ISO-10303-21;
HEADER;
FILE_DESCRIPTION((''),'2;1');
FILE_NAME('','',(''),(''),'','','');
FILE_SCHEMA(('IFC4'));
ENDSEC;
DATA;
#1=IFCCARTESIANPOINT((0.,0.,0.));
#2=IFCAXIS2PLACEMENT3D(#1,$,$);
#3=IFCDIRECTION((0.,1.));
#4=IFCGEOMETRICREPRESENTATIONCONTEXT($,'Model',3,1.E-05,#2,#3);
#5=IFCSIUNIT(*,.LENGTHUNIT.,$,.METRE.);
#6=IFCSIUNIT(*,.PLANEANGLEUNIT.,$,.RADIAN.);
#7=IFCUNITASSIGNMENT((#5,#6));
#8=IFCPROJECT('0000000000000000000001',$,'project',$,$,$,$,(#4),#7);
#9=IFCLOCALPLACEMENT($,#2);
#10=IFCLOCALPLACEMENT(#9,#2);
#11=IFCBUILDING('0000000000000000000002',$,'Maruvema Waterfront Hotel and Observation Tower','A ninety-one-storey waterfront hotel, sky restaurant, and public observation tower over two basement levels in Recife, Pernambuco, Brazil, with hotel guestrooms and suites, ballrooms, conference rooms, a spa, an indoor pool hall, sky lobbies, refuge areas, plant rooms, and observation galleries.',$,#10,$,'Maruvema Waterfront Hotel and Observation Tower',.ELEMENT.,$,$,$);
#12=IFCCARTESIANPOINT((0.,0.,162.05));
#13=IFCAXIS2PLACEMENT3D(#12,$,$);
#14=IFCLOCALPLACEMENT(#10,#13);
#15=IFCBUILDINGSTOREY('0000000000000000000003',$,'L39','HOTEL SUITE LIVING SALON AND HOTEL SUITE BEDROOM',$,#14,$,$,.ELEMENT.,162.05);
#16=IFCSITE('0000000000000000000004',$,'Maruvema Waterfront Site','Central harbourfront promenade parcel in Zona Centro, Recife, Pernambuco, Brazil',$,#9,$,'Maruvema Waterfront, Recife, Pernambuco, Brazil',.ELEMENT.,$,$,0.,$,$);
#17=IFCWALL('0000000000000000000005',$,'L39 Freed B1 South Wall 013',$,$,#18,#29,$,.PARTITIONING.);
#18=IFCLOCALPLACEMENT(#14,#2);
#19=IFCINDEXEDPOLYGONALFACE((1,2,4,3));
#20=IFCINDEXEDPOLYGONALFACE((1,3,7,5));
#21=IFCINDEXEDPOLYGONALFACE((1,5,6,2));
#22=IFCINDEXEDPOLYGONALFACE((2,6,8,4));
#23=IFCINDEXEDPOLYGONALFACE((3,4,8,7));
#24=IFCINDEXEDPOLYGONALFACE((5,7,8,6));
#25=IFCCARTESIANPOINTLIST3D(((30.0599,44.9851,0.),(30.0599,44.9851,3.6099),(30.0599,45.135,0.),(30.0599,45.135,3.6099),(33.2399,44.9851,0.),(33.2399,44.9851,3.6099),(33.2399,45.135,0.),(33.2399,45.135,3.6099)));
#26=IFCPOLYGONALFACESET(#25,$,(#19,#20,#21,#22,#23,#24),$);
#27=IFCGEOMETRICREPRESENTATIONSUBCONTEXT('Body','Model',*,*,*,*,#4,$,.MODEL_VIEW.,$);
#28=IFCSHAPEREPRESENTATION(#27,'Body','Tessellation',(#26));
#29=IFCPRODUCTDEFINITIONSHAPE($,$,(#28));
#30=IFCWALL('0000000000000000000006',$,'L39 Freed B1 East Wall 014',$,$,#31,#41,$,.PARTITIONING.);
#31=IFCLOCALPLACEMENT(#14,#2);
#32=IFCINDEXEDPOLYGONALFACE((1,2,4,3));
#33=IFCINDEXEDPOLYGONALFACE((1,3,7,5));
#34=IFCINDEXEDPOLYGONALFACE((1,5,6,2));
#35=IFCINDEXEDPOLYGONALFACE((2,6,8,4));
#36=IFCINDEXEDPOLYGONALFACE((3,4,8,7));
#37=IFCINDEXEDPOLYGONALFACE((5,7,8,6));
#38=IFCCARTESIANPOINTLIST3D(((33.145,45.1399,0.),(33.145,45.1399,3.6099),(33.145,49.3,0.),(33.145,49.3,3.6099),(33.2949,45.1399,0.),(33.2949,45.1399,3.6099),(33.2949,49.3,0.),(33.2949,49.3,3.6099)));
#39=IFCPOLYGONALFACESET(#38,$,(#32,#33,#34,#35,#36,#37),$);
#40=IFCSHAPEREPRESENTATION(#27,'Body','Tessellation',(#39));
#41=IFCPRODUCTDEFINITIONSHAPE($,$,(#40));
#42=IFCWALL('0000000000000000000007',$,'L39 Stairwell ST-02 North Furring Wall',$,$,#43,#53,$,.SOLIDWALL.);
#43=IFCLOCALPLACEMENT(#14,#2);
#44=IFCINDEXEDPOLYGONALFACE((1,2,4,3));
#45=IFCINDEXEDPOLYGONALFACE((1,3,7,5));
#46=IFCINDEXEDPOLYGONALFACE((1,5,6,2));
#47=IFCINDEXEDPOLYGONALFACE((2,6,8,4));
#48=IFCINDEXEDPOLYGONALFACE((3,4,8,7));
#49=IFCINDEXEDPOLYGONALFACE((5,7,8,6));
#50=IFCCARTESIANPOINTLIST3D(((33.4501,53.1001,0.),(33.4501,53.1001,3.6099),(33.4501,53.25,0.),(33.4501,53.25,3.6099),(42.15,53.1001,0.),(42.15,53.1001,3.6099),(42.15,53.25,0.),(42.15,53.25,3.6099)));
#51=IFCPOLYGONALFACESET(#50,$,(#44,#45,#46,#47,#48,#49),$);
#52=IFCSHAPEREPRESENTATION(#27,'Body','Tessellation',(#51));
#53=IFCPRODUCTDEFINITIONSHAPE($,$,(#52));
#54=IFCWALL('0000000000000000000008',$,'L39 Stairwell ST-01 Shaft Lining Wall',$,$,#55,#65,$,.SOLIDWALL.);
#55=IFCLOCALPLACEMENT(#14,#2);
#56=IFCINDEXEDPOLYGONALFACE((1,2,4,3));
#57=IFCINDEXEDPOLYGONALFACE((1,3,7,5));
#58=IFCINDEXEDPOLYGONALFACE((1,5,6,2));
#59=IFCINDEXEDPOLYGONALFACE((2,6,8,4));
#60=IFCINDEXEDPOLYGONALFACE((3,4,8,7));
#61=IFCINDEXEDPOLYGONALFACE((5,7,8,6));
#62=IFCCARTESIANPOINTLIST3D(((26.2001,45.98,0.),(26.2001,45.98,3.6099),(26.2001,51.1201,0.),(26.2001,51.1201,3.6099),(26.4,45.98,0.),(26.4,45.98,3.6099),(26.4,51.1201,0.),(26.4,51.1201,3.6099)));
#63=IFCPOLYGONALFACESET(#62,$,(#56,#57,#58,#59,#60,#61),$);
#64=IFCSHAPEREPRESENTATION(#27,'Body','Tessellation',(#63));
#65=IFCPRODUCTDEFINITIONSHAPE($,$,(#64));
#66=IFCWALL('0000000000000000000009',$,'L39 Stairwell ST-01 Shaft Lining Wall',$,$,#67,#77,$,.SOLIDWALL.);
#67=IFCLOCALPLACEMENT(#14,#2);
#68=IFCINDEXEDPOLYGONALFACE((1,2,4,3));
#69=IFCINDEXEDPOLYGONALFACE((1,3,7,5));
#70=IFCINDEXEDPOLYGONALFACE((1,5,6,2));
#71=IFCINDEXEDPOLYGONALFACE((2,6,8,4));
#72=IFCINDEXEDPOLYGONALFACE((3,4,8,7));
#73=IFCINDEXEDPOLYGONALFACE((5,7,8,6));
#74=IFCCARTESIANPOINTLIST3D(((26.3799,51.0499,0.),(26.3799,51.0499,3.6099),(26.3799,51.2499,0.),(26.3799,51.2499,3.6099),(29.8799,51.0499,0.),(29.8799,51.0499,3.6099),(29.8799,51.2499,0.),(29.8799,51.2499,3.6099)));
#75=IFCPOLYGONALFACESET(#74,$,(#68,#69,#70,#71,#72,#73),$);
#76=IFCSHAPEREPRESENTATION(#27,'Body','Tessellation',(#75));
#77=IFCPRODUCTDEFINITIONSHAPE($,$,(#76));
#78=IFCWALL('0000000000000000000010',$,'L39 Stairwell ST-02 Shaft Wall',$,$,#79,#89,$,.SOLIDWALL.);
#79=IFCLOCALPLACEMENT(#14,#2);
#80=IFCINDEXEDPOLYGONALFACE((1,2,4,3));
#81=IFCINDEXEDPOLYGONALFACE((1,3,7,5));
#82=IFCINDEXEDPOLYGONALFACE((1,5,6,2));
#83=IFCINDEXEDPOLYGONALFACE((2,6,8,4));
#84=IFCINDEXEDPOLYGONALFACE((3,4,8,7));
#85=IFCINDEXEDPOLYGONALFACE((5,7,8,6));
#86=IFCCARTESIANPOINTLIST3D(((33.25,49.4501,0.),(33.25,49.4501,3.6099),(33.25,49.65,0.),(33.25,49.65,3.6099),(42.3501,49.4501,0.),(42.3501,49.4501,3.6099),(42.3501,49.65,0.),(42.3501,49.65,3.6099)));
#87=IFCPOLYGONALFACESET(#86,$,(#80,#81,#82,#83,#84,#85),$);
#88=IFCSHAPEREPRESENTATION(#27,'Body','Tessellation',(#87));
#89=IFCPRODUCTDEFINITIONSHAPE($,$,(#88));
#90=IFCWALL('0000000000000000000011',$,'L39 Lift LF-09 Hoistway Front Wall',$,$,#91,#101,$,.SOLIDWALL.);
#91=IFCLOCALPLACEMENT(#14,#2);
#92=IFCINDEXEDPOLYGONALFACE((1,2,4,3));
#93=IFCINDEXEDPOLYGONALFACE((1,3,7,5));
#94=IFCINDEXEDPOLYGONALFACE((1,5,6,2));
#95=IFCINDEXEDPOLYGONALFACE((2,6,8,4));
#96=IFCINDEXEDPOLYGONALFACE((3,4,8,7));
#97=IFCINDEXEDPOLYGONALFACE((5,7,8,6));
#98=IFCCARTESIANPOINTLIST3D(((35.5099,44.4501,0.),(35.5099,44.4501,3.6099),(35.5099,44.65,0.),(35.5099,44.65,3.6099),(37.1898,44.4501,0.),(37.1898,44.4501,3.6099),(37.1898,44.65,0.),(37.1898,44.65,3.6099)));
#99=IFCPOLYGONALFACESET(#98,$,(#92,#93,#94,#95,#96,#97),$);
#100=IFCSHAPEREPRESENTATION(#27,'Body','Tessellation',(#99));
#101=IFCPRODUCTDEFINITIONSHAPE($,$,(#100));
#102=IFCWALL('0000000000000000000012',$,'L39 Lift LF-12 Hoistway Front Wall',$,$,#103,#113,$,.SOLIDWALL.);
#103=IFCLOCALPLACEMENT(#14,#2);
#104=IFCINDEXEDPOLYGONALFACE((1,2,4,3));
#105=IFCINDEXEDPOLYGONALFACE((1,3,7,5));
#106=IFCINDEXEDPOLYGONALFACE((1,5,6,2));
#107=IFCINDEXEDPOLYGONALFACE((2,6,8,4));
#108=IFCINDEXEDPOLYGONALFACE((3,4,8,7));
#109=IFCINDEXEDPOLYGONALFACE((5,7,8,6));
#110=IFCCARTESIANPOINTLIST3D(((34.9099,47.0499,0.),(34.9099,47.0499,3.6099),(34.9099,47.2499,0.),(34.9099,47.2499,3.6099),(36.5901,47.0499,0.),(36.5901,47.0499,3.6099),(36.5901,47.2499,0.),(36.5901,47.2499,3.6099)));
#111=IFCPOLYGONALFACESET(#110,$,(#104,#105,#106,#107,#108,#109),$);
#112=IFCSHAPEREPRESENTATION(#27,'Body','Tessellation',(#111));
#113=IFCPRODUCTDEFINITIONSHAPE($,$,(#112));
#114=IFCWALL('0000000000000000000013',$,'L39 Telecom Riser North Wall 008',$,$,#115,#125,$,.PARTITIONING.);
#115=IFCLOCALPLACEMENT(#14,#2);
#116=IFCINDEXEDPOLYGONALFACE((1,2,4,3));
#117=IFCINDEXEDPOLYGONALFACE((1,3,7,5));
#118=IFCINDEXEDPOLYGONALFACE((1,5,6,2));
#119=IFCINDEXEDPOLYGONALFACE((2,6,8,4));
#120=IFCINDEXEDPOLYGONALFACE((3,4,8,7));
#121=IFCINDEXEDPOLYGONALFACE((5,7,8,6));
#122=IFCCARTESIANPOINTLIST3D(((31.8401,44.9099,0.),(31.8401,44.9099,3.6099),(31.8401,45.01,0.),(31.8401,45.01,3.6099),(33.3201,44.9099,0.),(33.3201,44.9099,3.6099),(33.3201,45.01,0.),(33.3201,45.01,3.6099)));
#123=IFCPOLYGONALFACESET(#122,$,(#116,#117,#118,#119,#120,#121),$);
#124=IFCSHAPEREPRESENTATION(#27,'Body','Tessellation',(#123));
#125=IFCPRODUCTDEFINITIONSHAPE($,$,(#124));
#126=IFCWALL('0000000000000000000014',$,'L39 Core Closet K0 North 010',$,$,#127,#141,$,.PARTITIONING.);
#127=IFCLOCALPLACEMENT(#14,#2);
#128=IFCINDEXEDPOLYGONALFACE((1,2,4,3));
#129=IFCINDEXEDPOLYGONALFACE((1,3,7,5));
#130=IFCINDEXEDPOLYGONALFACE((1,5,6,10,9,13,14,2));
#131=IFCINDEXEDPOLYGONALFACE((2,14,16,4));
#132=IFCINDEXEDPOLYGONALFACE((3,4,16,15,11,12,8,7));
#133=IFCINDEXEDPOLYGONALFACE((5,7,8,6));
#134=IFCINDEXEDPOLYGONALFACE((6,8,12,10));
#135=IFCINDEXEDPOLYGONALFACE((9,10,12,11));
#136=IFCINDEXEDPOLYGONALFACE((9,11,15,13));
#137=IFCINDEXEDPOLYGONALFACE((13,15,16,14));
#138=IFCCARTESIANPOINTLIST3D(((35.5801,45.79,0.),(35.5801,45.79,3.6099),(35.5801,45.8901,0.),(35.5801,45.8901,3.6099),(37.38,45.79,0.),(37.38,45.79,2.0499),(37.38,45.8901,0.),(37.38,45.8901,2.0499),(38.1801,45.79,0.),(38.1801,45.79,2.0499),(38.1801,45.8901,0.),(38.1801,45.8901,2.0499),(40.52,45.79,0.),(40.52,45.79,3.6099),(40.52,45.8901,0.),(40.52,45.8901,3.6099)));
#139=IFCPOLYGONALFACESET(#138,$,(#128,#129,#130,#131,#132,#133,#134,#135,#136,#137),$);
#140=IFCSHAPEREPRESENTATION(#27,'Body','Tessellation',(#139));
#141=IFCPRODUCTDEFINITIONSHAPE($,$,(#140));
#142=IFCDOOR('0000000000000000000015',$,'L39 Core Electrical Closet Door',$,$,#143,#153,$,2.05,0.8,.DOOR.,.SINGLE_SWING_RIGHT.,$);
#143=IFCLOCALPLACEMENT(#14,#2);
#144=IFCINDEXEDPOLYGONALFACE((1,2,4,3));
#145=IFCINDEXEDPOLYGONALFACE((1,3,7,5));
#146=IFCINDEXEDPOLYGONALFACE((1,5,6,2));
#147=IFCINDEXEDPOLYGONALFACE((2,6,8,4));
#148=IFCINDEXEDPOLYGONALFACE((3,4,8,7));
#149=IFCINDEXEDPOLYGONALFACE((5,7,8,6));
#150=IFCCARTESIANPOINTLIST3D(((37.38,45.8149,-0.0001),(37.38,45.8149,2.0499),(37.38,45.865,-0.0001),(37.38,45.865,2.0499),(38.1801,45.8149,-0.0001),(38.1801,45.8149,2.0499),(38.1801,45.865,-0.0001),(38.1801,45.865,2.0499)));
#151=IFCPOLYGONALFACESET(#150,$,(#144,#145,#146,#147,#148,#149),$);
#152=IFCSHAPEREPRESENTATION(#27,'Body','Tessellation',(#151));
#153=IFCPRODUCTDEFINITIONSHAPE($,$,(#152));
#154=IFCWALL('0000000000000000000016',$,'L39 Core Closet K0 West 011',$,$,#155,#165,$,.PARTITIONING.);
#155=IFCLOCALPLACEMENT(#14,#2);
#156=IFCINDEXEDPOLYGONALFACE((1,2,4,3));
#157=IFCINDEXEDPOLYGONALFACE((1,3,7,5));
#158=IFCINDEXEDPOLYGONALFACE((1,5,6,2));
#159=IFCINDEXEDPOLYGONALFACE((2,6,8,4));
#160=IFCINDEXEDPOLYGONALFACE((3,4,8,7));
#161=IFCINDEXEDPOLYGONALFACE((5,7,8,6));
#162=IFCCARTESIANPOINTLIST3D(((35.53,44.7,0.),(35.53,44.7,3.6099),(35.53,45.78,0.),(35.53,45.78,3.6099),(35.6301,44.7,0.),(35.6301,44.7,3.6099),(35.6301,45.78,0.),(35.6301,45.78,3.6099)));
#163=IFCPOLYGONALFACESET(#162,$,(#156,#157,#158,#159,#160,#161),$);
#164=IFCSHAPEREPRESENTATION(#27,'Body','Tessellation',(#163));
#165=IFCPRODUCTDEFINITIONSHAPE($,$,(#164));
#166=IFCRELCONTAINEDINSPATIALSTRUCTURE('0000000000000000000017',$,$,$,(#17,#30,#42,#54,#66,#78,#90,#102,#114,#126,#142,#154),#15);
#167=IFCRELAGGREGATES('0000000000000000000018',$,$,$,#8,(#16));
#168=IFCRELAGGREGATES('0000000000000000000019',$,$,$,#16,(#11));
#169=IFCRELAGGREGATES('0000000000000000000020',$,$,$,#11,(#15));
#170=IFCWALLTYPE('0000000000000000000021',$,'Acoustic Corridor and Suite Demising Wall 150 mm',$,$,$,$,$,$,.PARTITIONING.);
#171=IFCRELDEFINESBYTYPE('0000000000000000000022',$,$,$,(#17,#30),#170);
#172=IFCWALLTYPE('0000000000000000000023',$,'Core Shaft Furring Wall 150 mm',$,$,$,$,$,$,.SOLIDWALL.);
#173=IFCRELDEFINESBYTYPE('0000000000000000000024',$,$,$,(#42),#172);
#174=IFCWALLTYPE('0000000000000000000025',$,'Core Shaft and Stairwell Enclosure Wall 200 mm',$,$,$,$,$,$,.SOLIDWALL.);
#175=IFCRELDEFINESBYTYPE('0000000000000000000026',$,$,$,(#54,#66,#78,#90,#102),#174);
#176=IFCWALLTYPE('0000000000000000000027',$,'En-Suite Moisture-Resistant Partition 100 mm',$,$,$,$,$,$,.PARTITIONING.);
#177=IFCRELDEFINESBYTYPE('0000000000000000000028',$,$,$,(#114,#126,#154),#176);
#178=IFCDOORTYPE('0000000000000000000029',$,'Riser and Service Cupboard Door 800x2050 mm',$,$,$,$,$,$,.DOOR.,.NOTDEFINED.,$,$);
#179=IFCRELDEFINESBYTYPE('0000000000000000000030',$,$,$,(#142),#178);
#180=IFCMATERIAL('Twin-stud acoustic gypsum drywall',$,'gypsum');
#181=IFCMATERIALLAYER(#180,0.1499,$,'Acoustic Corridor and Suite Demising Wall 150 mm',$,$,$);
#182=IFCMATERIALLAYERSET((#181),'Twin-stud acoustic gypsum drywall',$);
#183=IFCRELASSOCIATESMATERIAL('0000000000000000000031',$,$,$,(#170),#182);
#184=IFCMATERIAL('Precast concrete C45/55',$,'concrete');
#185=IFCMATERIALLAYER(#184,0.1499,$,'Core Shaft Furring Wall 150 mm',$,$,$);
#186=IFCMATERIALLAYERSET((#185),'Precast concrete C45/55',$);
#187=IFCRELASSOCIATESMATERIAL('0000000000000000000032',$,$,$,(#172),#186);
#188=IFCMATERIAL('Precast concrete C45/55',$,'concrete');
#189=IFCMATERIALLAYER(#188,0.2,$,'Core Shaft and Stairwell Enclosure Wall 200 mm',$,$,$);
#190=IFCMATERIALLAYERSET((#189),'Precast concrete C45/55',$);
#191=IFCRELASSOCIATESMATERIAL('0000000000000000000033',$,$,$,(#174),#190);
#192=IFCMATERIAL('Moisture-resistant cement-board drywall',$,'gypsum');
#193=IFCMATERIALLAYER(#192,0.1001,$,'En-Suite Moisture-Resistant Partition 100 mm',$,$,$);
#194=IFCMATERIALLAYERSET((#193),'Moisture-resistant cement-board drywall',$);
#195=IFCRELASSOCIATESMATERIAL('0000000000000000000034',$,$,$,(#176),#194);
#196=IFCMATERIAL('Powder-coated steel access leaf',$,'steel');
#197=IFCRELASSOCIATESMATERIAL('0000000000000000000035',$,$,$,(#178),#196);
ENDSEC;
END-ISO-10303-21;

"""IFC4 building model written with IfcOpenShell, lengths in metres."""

from ifc_helpers import new_model, si_unit, direction, frame, frame_2d, origin, place, context, subcontext, project, spatial, rectangle, extrude, material, layer, layer_set, type_object, element, fill, save


model = new_model("IFC4")

# Units and contexts
model_context = context("Model", 3, precision=1e-05, world=origin(), true_north=direction((0.0, 1.0)))
body_context = subcontext(model_context, "Body", "Model", "MODEL_VIEW")
ifc_project = project(units=[si_unit("LENGTHUNIT", "METRE"), si_unit("PLANEANGLEUNIT", "RADIAN")], contexts=[model_context])

# Site, building, storey
site_placement = place(None, origin())
site = spatial("IfcSite", under=ifc_project, at=site_placement, Name="Maruvema Waterfront Site", Description="Central harbourfront promenade parcel in Zona Centro, Recife, Pernambuco, Brazil", LongName="Maruvema Waterfront, Recife, Pernambuco, Brazil", CompositionType="ELEMENT", RefElevation=0.0)
building_placement = place(site_placement, origin())
building = spatial("IfcBuilding", under=site, at=building_placement, Name="Maruvema Waterfront Hotel and Observation Tower", Description="A ninety-one-storey waterfront hotel, sky restaurant, and public observation tower over two basement levels in Recife, Pernambuco, Brazil, with hotel guestrooms and suites, ballrooms, conference rooms, a spa, an indoor pool hall, sky lobbies, refuge areas, plant rooms, and observation galleries.", LongName="Maruvema Waterfront Hotel and Observation Tower", CompositionType="ELEMENT")
storey_placement = place(building_placement, frame((0.0, 0.0, 162.05)))
storey = spatial("IfcBuildingStorey", under=building, at=storey_placement, Name="L39", Description="HOTEL SUITE LIVING SALON AND HOTEL SUITE BEDROOM", CompositionType="ELEMENT", Elevation=162.05)

# Walls
ifc_material_1 = material(Name="Twin-stud acoustic gypsum drywall", Category="gypsum")
ifc_layer_1 = layer(ifc_material_1, 0.1499, Name="Acoustic Corridor and Suite Demising Wall 150 mm")
ifc_layer_set_1 = layer_set([ifc_layer_1], Name="Twin-stud acoustic gypsum drywall")
wall_type_1 = type_object("IfcWallType", Name="Acoustic Corridor and Suite Demising Wall 150 mm", PredefinedType="PARTITIONING", material=ifc_layer_set_1)
wall_1_placement = place(storey_placement, frame((30.0601, 45.0601, 0.0), z_axis=(0.0, 0.0, 1.0), x_axis=(1.0, 0.0, 0.0)))
element("IfcWall", 1, at=wall_1_placement, inside=storey, type_object=wall_type_1, Name="L39 Freed B1 South Wall 013", PredefinedType="PARTITIONING", context=body_context, shape_type="SweptSolid", body=[
    extrude(rectangle(XDim=3.1799, YDim=0.1499, at=frame_2d((1.5898, 0.0))), origin(), (0.0, 0.0, 1.0), 3.6099),
])
wall_2_placement = place(storey_placement, frame((33.22, 45.1399, 0.0), z_axis=(0.0, 0.0, 1.0), x_axis=(0.0, 1.0, 0.0)))
element("IfcWall", 2, at=wall_2_placement, inside=storey, type_object=wall_type_1, Name="L39 Freed B1 East Wall 014", PredefinedType="PARTITIONING", context=body_context, shape_type="SweptSolid", body=[
    extrude(rectangle(XDim=4.1602, YDim=0.1499, at=frame_2d((2.0801, 0.0))), origin(), (0.0, 0.0, 1.0), 3.6099),
])
ifc_material_2 = material(Name="Precast concrete C45/55", Category="concrete")
ifc_layer_2 = layer(ifc_material_2, 0.1499, Name="Core Shaft Furring Wall 150 mm")
ifc_layer_set_2 = layer_set([ifc_layer_2], Name="Precast concrete C45/55")
wall_type_2 = type_object("IfcWallType", Name="Core Shaft Furring Wall 150 mm", PredefinedType="SOLIDWALL", material=ifc_layer_set_2)
wall_3_placement = place(storey_placement, frame((33.45, 53.175, 0.0), z_axis=(0.0, 0.0, 1.0), x_axis=(1.0, 0.0, 0.0)))
element("IfcWall", 3, at=wall_3_placement, inside=storey, type_object=wall_type_2, Name="L39 Stairwell ST-02 North Furring Wall", PredefinedType="SOLIDWALL", context=body_context, shape_type="SweptSolid", body=[
    extrude(rectangle(XDim=8.7, YDim=0.1499, at=frame_2d((4.3501, 0.0))), origin(), (0.0, 0.0, 1.0), 3.6099),
])
ifc_material_3 = material(Name="Precast concrete C45/55", Category="concrete")
ifc_layer_3 = layer(ifc_material_3, 0.2, Name="Core Shaft and Stairwell Enclosure Wall 200 mm")
ifc_layer_set_3 = layer_set([ifc_layer_3], Name="Precast concrete C45/55")
wall_type_3 = type_object("IfcWallType", Name="Core Shaft and Stairwell Enclosure Wall 200 mm", PredefinedType="SOLIDWALL", material=ifc_layer_set_3)
wall_4_placement = place(storey_placement, frame((26.3, 45.98, 0.0), z_axis=(0.0, 0.0, 1.0), x_axis=(0.0, 1.0, 0.0)))
element("IfcWall", 4, at=wall_4_placement, inside=storey, type_object=wall_type_3, Name="L39 Stairwell ST-01 Shaft Lining Wall", PredefinedType="SOLIDWALL", context=body_context, shape_type="SweptSolid", body=[
    extrude(rectangle(XDim=5.1401, YDim=0.2, at=frame_2d((2.5701, 0.0))), origin(), (0.0, 0.0, 1.0), 3.6099),
])
wall_5_placement = place(storey_placement, frame((26.3799, 51.1499, 0.0), z_axis=(0.0, 0.0, 1.0), x_axis=(1.0, 0.0, 0.0)))
element("IfcWall", 5, at=wall_5_placement, inside=storey, type_object=wall_type_3, Name="L39 Stairwell ST-01 Shaft Lining Wall", PredefinedType="SOLIDWALL", context=body_context, shape_type="SweptSolid", body=[
    extrude(rectangle(XDim=3.5, YDim=0.2, at=frame_2d((1.75, 0.0))), origin(), (0.0, 0.0, 1.0), 3.6099),
])
wall_6_placement = place(storey_placement, frame((33.25, 49.55, 0.0), z_axis=(0.0, 0.0, 1.0), x_axis=(1.0, 0.0, 0.0)))
element("IfcWall", 6, at=wall_6_placement, inside=storey, type_object=wall_type_3, Name="L39 Stairwell ST-02 Shaft Wall", PredefinedType="SOLIDWALL", context=body_context, shape_type="SweptSolid", body=[
    extrude(rectangle(XDim=9.1001, YDim=0.2, at=frame_2d((4.55, 0.0))), origin(), (0.0, 0.0, 1.0), 3.6099),
])

# Walls
wall_7_placement = place(storey_placement, frame((35.51, 44.55, 0.0), z_axis=(0.0, 0.0, 1.0), x_axis=(1.0, 0.0, 0.0)))
element("IfcWall", 7, at=wall_7_placement, inside=storey, type_object=wall_type_3, Name="L39 Lift LF-09 Hoistway Front Wall", PredefinedType="SOLIDWALL", context=body_context, shape_type="SweptSolid", body=[
    extrude(rectangle(XDim=1.6799, YDim=0.2, at=frame_2d((0.8398, 0.0))), origin(), (0.0, 0.0, 1.0), 3.6099),
])
wall_8_placement = place(storey_placement, frame((34.9099, 47.1499, 0.0), z_axis=(0.0, 0.0, 1.0), x_axis=(1.0, 0.0, 0.0)))
element("IfcWall", 8, at=wall_8_placement, inside=storey, type_object=wall_type_3, Name="L39 Lift LF-12 Hoistway Front Wall", PredefinedType="SOLIDWALL", context=body_context, shape_type="SweptSolid", body=[
    extrude(rectangle(XDim=1.6802, YDim=0.2, at=frame_2d((0.8401, 0.0))), origin(), (0.0, 0.0, 1.0), 3.6099),
])
ifc_material_4 = material(Name="Moisture-resistant cement-board drywall", Category="gypsum")
ifc_layer_4 = layer(ifc_material_4, 0.1001, Name="En-Suite Moisture-Resistant Partition 100 mm")
ifc_layer_set_4 = layer_set([ifc_layer_4], Name="Moisture-resistant cement-board drywall")
wall_type_4 = type_object("IfcWallType", Name="En-Suite Moisture-Resistant Partition 100 mm", PredefinedType="PARTITIONING", material=ifc_layer_set_4)
wall_9_placement = place(storey_placement, frame((31.8401, 44.96, 0.0), z_axis=(0.0, 0.0, 1.0), x_axis=(1.0, 0.0, 0.0)))
element("IfcWall", 9, at=wall_9_placement, inside=storey, type_object=wall_type_4, Name="L39 Telecom Riser North Wall 008", PredefinedType="PARTITIONING", context=body_context, shape_type="SweptSolid", body=[
    extrude(rectangle(XDim=1.48, YDim=0.1001, at=frame_2d((0.74, 0.0))), origin(), (0.0, 0.0, 1.0), 3.6099),
])

# Wall, opening, door
wall_10_placement = place(storey_placement, frame((35.5801, 45.8401, 0.0), z_axis=(0.0, 0.0, 1.0), x_axis=(1.0, 0.0, 0.0)))
wall_10 = element("IfcWall", 10, at=wall_10_placement, inside=storey, type_object=wall_type_4, Name="L39 Core Closet K0 North 010", PredefinedType="PARTITIONING", context=body_context, shape_type="SweptSolid", body=[
    extrude(rectangle(XDim=4.9399, YDim=0.1001, at=frame_2d((2.47, 0.0))), origin(), (0.0, 0.0, 1.0), 3.6099),
])
opening_1_placement = place(wall_10_placement, frame((1.8, 0.0, 0.0)))
opening_1 = element("IfcOpeningElement", 11, at=opening_1_placement, cuts=wall_10, PredefinedType="OPENING", context=body_context, shape_type="SweptSolid", body=[
    extrude(rectangle(XDim=0.8, YDim=2.05, at=frame_2d((0.3999, 1.0249))), frame((0.0, 0.0601, 0.0), z_axis=(0.0, -1.0, 0.0), x_axis=(1.0, 0.0, 0.0)), (0.0, 0.0, 1.0), 0.1201),
])
ifc_material_5 = material(Name="Powder-coated steel access leaf", Category="steel")
door_type_1 = type_object("IfcDoorType", Name="Riser and Service Cupboard Door 800x2050 mm", OperationType="NOTDEFINED", PredefinedType="DOOR", material=ifc_material_5)
door_1_placement = place(opening_1_placement, origin())
door_1 = element("IfcDoor", 12, at=door_1_placement, inside=storey, type_object=door_type_1, Name="L39 Core Electrical Closet Door", OperationType="SINGLE_SWING_RIGHT", OverallHeight=2.05, OverallWidth=0.8, PredefinedType="DOOR", context=body_context, shape_type="SweptSolid", body=[
    extrude(rectangle(XDim=0.8, YDim=2.05, at=frame_2d((0.3999, 1.0249))), frame((0.0, 0.0249, 0.0), z_axis=(0.0, -1.0, 0.0), x_axis=(1.0, 0.0, 0.0)), (0.0, 0.0, 1.0), 0.05),
])
fill(opening_1, door_1)

# Wall
wall_11_placement = place(storey_placement, frame((35.5801, 44.7, 0.0), z_axis=(0.0, 0.0, 1.0), x_axis=(0.0, 1.0, 0.0)))
element("IfcWall", 13, at=wall_11_placement, inside=storey, type_object=wall_type_4, Name="L39 Core Closet K0 West 011", PredefinedType="PARTITIONING", context=body_context, shape_type="SweptSolid", body=[
    extrude(rectangle(XDim=1.0801, YDim=0.1001, at=frame_2d((0.54, 0.0))), origin(), (0.0, 0.0, 1.0), 3.6099),
])

save(model, "model.ifc")
